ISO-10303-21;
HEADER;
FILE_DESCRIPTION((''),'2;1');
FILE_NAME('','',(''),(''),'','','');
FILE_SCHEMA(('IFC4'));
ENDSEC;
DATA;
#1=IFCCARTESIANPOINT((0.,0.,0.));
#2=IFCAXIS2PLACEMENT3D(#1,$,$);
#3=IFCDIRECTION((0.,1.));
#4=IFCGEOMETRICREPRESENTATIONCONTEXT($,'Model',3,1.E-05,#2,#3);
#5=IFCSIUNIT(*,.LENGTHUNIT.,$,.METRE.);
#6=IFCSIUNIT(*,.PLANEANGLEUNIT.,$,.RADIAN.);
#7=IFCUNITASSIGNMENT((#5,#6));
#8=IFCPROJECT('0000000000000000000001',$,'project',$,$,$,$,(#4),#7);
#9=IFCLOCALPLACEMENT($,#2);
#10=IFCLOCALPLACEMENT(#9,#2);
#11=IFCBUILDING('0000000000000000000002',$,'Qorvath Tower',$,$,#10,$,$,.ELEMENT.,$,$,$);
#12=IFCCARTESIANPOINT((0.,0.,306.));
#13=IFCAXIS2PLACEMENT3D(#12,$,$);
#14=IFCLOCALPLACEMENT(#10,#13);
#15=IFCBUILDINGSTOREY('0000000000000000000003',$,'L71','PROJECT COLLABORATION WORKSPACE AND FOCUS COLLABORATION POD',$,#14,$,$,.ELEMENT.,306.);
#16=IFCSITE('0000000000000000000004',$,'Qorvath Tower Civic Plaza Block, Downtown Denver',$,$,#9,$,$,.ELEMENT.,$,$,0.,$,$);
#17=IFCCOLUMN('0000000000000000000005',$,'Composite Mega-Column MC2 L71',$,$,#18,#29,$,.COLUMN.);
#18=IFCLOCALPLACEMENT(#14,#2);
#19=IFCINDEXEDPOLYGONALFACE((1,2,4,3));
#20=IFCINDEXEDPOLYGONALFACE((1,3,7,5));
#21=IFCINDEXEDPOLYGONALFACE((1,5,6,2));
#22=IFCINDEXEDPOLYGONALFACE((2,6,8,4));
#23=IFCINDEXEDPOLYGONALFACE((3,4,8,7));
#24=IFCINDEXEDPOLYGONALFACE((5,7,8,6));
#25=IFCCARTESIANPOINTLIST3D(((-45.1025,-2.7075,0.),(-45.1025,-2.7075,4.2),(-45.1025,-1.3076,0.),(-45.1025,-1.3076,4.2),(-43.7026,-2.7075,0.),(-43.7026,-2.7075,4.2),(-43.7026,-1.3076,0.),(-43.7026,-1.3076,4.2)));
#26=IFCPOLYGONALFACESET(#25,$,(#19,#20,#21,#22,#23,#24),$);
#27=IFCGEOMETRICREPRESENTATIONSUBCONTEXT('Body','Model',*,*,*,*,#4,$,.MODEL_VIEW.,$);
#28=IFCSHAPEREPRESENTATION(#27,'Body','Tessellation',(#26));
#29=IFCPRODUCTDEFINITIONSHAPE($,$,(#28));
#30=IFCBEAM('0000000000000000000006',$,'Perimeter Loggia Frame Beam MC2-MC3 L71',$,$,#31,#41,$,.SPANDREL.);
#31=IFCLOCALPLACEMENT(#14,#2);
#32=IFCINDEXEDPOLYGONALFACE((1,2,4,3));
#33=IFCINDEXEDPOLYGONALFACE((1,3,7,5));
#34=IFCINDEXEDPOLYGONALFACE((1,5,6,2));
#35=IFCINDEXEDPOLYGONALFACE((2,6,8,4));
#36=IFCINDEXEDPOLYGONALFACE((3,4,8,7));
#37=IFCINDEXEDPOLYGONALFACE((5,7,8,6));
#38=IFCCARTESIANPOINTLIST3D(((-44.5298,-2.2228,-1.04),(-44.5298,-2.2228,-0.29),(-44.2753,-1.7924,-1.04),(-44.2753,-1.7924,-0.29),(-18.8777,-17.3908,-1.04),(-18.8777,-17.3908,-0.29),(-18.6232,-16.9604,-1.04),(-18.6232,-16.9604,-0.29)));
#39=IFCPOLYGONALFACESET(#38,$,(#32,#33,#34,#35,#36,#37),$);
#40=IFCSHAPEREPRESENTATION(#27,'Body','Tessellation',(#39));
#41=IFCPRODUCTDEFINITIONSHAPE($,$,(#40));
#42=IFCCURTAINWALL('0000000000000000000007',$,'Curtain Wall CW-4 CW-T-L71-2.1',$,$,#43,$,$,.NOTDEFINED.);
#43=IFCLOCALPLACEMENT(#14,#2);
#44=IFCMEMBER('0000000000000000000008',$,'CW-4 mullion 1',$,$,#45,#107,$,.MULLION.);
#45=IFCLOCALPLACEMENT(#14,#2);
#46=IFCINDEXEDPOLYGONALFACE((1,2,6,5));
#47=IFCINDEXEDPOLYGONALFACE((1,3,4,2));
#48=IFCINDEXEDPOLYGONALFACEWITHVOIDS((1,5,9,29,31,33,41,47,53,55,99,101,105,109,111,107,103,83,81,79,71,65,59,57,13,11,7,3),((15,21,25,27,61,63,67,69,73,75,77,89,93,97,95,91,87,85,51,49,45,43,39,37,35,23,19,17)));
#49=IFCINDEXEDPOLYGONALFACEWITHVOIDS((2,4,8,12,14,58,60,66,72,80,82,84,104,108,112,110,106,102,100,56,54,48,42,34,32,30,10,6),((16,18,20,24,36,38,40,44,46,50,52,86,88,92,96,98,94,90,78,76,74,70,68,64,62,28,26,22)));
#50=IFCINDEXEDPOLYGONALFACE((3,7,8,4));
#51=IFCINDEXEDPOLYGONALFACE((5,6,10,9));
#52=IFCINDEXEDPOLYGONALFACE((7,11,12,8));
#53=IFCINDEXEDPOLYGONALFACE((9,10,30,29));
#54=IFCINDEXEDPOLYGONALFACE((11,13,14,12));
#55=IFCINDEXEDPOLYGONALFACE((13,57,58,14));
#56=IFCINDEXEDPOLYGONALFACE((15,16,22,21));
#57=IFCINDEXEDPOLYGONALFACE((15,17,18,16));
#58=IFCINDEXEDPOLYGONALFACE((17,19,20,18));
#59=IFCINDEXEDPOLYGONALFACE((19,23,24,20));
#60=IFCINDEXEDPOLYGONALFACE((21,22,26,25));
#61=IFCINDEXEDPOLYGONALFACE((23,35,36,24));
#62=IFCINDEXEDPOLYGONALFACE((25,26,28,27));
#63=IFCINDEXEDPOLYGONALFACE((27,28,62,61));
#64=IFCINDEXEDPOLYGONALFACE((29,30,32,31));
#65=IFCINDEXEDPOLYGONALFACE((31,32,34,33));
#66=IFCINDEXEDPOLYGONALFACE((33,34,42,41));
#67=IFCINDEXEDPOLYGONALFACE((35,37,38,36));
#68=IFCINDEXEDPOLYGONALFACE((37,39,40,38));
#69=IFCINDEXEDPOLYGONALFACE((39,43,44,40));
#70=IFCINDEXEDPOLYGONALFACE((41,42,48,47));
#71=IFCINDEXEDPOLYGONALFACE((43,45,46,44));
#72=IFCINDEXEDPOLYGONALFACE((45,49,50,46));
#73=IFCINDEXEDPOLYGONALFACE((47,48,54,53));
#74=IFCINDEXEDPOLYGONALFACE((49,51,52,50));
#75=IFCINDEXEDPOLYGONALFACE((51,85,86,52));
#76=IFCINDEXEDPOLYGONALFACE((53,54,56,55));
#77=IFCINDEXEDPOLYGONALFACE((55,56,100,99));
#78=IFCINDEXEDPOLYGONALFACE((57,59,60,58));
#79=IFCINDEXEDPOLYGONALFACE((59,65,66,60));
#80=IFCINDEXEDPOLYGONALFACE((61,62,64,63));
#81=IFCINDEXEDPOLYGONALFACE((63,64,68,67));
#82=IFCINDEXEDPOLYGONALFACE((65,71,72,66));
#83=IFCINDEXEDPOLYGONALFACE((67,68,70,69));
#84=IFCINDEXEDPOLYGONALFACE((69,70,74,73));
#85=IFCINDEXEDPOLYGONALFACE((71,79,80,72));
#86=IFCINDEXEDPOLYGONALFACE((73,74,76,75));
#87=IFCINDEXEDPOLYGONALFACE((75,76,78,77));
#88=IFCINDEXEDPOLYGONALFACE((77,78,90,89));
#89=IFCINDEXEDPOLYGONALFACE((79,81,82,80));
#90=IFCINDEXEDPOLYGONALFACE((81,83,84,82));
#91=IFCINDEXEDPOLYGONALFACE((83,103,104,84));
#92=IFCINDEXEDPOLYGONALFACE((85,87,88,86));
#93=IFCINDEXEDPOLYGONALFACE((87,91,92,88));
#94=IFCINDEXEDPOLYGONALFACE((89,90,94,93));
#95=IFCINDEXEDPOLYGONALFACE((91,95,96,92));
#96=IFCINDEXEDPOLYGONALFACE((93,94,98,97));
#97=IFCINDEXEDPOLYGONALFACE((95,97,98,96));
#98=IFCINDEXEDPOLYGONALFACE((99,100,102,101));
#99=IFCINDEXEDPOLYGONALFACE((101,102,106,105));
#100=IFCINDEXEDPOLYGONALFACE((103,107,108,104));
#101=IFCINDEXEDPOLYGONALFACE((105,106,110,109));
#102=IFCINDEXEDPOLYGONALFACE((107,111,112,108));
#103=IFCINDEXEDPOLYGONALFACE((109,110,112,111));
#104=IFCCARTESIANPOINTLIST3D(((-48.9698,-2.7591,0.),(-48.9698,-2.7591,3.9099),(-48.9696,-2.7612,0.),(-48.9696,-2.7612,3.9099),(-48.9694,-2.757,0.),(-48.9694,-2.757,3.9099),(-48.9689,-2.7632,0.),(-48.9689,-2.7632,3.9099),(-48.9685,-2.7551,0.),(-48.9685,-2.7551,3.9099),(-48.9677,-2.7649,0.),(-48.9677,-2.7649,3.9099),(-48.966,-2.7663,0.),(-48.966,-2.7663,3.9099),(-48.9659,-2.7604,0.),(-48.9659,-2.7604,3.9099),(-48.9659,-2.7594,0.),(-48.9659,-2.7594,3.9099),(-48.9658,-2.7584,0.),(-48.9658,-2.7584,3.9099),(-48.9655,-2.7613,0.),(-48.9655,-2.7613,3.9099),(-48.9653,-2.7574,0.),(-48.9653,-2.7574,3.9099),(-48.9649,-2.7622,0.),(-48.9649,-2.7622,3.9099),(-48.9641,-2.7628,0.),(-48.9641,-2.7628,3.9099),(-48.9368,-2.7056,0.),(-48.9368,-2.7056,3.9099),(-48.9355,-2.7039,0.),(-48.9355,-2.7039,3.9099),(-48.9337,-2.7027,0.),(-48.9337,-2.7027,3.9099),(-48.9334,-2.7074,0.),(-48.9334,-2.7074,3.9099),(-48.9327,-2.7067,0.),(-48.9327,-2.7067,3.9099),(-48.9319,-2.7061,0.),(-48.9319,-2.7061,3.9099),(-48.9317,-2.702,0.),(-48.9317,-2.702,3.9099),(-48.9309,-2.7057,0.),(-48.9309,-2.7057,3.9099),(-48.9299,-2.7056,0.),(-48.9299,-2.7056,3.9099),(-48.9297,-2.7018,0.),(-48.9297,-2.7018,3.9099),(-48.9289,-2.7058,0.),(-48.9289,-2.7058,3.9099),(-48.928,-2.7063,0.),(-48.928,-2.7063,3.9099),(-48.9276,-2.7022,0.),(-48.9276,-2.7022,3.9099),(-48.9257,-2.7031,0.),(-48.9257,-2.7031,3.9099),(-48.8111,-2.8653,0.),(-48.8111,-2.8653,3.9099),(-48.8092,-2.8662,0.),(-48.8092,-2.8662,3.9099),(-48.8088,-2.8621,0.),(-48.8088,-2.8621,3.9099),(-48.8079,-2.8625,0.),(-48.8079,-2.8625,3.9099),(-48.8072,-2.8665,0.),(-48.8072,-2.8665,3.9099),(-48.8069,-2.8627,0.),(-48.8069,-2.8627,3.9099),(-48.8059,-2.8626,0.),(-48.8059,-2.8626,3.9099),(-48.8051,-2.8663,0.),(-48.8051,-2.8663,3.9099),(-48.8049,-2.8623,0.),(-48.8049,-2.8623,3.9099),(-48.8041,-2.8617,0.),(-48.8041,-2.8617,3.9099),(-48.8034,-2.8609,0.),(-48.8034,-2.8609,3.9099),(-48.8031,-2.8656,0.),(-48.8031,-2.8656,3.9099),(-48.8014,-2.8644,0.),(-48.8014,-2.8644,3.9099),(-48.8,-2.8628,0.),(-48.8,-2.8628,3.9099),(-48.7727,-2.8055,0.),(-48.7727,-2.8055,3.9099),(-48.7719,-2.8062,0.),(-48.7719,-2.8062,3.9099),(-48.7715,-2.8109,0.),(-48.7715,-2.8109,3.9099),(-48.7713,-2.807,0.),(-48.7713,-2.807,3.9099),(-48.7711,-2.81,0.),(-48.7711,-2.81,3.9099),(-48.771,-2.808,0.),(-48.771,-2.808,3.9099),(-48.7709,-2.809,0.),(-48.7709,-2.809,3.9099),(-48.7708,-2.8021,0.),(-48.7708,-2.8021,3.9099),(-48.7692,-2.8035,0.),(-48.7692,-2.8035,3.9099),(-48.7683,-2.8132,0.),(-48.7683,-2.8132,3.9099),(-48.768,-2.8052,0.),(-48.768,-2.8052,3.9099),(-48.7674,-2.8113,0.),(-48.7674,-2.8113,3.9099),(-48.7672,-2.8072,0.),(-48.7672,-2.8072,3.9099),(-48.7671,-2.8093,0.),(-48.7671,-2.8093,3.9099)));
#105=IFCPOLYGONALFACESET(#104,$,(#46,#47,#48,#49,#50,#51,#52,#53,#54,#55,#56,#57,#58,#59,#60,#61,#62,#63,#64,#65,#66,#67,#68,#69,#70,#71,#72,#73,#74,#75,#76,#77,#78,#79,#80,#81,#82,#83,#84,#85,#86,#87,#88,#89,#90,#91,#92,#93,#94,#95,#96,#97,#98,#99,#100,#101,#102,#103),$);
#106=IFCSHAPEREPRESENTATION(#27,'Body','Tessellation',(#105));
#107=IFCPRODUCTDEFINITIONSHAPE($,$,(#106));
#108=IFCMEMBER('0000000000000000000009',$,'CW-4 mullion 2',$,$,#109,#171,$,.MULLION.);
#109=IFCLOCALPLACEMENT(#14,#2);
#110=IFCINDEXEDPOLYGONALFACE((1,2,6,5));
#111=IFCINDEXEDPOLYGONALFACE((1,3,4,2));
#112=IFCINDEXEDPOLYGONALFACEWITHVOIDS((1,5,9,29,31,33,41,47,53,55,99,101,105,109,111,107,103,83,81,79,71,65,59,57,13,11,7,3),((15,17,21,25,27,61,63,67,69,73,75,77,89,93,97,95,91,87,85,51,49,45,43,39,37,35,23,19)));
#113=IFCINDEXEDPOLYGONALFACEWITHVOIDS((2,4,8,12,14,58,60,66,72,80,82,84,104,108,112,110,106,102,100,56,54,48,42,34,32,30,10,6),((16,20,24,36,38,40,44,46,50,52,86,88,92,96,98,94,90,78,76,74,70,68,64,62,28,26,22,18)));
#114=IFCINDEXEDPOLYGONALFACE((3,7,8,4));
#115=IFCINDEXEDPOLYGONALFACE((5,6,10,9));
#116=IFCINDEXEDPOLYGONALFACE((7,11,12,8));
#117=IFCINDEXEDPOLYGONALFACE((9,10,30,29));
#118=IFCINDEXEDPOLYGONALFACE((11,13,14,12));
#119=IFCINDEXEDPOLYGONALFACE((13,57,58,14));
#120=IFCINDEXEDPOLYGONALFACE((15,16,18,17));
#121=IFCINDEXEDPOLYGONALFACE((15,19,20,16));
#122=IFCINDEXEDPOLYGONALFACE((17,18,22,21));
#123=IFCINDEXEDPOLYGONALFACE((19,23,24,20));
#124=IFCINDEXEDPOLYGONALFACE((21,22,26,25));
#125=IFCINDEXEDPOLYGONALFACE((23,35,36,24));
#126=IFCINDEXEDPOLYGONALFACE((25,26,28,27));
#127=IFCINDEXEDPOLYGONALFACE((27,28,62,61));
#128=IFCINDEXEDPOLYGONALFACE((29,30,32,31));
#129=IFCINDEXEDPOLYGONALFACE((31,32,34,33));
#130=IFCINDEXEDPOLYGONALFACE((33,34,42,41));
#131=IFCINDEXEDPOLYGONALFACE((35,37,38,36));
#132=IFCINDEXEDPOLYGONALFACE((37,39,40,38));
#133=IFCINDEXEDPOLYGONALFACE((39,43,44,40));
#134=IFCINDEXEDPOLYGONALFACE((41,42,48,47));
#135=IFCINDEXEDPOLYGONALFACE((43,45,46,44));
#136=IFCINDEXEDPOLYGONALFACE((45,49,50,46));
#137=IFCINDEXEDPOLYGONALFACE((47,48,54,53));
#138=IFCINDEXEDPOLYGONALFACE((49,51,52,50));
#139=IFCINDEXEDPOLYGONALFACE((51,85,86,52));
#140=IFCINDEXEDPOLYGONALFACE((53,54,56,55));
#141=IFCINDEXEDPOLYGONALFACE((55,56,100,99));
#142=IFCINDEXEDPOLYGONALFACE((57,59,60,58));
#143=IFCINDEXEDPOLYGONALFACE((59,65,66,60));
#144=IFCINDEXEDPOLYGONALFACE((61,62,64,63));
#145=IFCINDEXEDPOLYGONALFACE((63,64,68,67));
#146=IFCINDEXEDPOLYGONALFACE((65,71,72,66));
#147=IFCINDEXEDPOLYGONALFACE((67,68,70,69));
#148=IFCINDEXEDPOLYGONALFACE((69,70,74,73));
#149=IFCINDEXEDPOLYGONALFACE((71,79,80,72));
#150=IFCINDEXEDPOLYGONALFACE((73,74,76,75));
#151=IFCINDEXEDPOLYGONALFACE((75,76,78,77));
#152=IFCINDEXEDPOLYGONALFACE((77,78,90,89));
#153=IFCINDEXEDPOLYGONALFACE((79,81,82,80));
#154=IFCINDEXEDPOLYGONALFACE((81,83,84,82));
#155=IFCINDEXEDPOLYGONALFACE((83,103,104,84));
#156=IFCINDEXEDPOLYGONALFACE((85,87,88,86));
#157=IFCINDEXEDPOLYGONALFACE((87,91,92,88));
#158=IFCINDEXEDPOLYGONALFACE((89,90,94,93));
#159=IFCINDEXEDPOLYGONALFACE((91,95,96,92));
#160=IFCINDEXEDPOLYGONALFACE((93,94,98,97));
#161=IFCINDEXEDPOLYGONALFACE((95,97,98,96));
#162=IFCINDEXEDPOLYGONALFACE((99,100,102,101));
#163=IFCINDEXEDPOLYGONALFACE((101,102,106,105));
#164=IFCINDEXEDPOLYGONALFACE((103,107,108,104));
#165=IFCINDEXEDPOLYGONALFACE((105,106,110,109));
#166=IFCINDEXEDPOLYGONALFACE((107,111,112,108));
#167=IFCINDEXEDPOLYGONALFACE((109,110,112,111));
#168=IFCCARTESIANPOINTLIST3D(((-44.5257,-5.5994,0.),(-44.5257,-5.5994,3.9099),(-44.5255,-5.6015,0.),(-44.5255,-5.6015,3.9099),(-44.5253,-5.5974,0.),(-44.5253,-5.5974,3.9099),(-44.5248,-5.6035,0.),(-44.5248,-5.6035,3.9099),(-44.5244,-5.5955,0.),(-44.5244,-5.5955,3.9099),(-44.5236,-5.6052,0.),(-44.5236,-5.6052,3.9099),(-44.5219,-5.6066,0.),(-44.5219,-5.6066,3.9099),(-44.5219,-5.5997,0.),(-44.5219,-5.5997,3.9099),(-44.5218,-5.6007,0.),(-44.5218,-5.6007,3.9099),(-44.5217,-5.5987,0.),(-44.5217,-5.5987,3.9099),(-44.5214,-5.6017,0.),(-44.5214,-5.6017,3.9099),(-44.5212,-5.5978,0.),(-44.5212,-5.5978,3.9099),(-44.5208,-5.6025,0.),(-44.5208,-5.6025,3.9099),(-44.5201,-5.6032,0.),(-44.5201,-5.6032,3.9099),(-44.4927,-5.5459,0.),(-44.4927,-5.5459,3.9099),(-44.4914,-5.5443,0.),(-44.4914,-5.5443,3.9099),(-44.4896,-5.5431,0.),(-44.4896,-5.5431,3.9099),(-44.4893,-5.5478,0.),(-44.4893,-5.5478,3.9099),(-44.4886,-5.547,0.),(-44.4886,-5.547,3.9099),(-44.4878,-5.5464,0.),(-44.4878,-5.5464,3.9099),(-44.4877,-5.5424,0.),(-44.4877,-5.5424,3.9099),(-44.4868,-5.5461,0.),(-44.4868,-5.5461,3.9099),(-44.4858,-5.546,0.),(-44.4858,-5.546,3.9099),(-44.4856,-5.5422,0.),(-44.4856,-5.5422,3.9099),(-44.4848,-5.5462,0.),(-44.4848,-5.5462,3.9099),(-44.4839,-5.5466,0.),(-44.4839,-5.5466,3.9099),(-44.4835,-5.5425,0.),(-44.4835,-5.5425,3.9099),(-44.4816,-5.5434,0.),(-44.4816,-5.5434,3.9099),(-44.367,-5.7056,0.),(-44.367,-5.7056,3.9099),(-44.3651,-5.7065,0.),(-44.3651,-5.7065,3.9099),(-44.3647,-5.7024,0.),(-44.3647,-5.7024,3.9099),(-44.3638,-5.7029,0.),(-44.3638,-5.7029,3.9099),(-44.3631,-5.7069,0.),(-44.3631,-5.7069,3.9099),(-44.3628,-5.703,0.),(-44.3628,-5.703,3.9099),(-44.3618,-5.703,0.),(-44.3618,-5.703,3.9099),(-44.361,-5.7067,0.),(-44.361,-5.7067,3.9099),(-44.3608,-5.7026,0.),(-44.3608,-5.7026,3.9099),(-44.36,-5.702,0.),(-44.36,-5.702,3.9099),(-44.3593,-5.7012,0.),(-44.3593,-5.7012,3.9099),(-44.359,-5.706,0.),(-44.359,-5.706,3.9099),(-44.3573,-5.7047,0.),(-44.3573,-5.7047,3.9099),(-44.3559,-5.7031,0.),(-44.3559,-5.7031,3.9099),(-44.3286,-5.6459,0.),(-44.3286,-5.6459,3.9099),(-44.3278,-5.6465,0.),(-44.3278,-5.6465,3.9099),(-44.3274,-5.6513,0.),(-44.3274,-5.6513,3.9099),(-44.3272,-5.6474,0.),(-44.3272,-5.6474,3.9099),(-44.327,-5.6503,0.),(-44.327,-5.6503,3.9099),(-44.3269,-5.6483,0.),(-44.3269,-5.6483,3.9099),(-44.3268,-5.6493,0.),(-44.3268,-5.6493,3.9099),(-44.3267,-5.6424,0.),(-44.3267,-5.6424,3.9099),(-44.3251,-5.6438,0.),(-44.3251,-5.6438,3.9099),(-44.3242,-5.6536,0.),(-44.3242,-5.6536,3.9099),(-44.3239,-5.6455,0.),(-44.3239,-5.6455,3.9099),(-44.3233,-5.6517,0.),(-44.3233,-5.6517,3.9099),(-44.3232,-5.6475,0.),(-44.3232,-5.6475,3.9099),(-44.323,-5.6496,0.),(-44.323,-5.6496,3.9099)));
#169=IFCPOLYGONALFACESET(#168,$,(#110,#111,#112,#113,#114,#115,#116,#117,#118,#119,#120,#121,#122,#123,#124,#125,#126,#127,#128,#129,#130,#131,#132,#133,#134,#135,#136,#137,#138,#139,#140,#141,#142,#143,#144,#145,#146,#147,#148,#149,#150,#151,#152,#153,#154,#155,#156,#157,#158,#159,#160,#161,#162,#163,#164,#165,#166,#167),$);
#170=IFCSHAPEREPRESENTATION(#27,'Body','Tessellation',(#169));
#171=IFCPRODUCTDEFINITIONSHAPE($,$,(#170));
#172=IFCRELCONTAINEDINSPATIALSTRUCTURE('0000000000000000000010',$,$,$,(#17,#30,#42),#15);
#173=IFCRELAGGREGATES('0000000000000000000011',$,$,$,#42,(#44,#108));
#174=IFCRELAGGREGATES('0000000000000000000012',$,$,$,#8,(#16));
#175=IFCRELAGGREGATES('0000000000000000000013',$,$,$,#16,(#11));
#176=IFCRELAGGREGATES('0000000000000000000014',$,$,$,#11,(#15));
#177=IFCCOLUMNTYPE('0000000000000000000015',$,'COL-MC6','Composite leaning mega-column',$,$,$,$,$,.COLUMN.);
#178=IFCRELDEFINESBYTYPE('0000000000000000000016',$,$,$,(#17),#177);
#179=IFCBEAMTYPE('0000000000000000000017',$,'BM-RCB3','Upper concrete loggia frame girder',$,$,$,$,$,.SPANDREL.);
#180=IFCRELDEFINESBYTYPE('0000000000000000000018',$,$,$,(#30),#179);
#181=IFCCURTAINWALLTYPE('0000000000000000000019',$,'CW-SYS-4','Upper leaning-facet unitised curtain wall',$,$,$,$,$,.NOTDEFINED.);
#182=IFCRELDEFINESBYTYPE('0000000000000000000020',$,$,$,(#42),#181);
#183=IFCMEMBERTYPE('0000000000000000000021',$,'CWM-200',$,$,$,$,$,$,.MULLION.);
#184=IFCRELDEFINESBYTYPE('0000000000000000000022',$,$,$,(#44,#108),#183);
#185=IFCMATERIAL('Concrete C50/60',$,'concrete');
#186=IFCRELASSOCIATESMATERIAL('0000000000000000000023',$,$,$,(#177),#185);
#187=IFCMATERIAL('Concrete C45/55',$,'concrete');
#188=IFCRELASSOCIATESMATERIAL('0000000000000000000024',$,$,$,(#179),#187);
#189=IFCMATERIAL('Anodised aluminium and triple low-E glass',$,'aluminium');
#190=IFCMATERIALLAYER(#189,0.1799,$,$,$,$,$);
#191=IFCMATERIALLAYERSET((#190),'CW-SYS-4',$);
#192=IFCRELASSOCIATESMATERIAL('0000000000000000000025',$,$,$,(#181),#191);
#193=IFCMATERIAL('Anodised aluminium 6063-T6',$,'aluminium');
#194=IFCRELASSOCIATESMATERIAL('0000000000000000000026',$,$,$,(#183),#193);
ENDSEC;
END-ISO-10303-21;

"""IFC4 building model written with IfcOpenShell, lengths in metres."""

from ifc_helpers import new_model, si_unit, direction, frame, origin, origin_2d, place, context, subcontext, project, spatial, rectangle, hollow_rectangle, extrude, material, layer, layer_set, material_profile, profile_set, type_object, element, aggregate, save


model = new_model("IFC4")

# Units and contexts
model_context = context("Model", 3, precision=1e-05, world=origin(), true_north=direction((0.0, 1.0)))
body_context = subcontext(model_context, "Body", "Model", "MODEL_VIEW")
ifc_project = project(units=[si_unit("LENGTHUNIT", "METRE"), si_unit("PLANEANGLEUNIT", "RADIAN")], contexts=[model_context])

# Site, building, storey
site_placement = place(None, origin())
site = spatial("IfcSite", under=ifc_project, at=site_placement, Name="Qorvath Tower Civic Plaza Block, Downtown Denver", CompositionType="ELEMENT", RefElevation=0.0)
building_placement = place(site_placement, origin())
building = spatial("IfcBuilding", under=site, at=building_placement, Name="Qorvath Tower", CompositionType="ELEMENT")
storey_placement = place(building_placement, frame((0.0, 0.0, 306.0)))
storey = spatial("IfcBuildingStorey", under=building, at=storey_placement, Name="L71", Description="PROJECT COLLABORATION WORKSPACE AND FOCUS COLLABORATION POD", CompositionType="ELEMENT", Elevation=306.0)

# Column
ifc_material_1 = material(Name="Concrete C50/60", Category="concrete")
ifc_material_profile_1 = material_profile(ifc_material_1, rectangle(XDim=1.3999, YDim=1.3999, at=origin_2d()), Name="MC 1400x1400")
ifc_profile_set_1 = profile_set([ifc_material_profile_1], Name="Concrete C50/60")
column_type = type_object("IfcColumnType", Name="COL-MC6", Description="Composite leaning mega-column", PredefinedType="COLUMN", material=ifc_profile_set_1)
column_placement = place(storey_placement, frame((-44.4026, -2.0076, 0.0), z_axis=(0.0, 0.0, 1.0), x_axis=(1.0, 0.0, 0.0)))
element("IfcColumn", 1, at=column_placement, inside=storey, type_object=column_type, Name="Composite Mega-Column MC2 L71", PredefinedType="COLUMN", context=body_context, shape_type="SweptSolid", body=[
    extrude(rectangle(XDim=1.3999, YDim=1.3999, at=origin_2d()), origin(), (0.0, 0.0, 1.0), 4.2),
])

# Beam
ifc_material_2 = material(Name="Concrete C45/55", Category="concrete")
ifc_material_profile_2 = material_profile(ifc_material_2, rectangle(XDim=0.5, YDim=0.75, at=origin_2d()), Name="RCB 750x500")
ifc_profile_set_2 = profile_set([ifc_material_profile_2], Name="Concrete C45/55")
beam_type = type_object("IfcBeamType", Name="BM-RCB3", Description="Upper concrete loggia frame girder", PredefinedType="SPANDREL", material=ifc_profile_set_2)
beam_placement = place(storey_placement, frame((-44.4026, -2.0076, -0.665), z_axis=(0.860781, -0.508976, 0.0), x_axis=(0.508976, 0.860781, 0.0)))
element("IfcBeam", 2, at=beam_placement, inside=storey, type_object=beam_type, Name="Perimeter Loggia Frame Beam MC2-MC3 L71", PredefinedType="SPANDREL", context=body_context, shape_type="SweptSolid", body=[
    extrude(rectangle(XDim=0.5, YDim=0.75, at=origin_2d()), origin(), (0.0, 0.0, 1.0), 29.801),
])

# Curtain wall, members
ifc_material_3 = material(Name="Anodised aluminium and triple low-E glass", Category="aluminium")
ifc_layer_1 = layer(ifc_material_3, 0.1799)
ifc_layer_set_1 = layer_set([ifc_layer_1], Name="CW-SYS-4")
curtain_wall_type = type_object("IfcCurtainWallType", Name="CW-SYS-4", Description="Upper leaning-facet unitised curtain wall", PredefinedType="NOTDEFINED", material=ifc_layer_set_1)
curtain_wall_placement = place(storey_placement, origin())
curtain_wall = element("IfcCurtainWall", 3, at=curtain_wall_placement, inside=storey, type_object=curtain_wall_type, Name="Curtain Wall CW-4 CW-T-L71-2.1", PredefinedType="NOTDEFINED")
ifc_material_4 = material(Name="Anodised aluminium 6063-T6", Category="aluminium")
ifc_material_profile_3 = material_profile(ifc_material_4, hollow_rectangle(XDim=0.075, YDim=0.2, WallThickness=0.0039, InnerFilletRadius=0.0039, OuterFilletRadius=0.0081, at=origin_2d()), Name="CWM 200x75")
ifc_profile_set_3 = profile_set([ifc_material_profile_3], Name="Anodised aluminium 6063-T6")
member_type_1 = type_object("IfcMemberType", Name="CWM-200", PredefinedType="MULLION", material=ifc_profile_set_3)
member_1_placement = place(storey_placement, frame((-48.8684, -2.7842, 0.0), z_axis=(0.0, 0.0, 1.0), x_axis=(0.538537, 0.842602, 0.0)))
member_1 = element("IfcMember", 4, at=member_1_placement, type_object=member_type_1, Name="CW-4 mullion 1", PredefinedType="MULLION", context=body_context, shape_type="SweptSolid", body=[
    extrude(hollow_rectangle(XDim=0.075, YDim=0.2, WallThickness=0.0039, InnerFilletRadius=0.0039, OuterFilletRadius=0.0081, at=origin_2d()), origin(), (0.0, 0.0, 1.0), 3.9099),
])
member_2_placement = place(storey_placement, frame((-44.4243, -5.6245, 0.0), z_axis=(0.0, 0.0, 1.0), x_axis=(0.538537, 0.842602, 0.0)))
member_2 = element("IfcMember", 5, at=member_2_placement, type_object=member_type_1, Name="CW-4 mullion 2", PredefinedType="MULLION", context=body_context, shape_type="SweptSolid", body=[
    extrude(hollow_rectangle(XDim=0.075, YDim=0.2, WallThickness=0.0039, InnerFilletRadius=0.0039, OuterFilletRadius=0.0081, at=origin_2d()), origin(), (0.0, 0.0, 1.0), 3.9099),
])
aggregate(curtain_wall, [member_1, member_2])

save(model, "model.ifc")
